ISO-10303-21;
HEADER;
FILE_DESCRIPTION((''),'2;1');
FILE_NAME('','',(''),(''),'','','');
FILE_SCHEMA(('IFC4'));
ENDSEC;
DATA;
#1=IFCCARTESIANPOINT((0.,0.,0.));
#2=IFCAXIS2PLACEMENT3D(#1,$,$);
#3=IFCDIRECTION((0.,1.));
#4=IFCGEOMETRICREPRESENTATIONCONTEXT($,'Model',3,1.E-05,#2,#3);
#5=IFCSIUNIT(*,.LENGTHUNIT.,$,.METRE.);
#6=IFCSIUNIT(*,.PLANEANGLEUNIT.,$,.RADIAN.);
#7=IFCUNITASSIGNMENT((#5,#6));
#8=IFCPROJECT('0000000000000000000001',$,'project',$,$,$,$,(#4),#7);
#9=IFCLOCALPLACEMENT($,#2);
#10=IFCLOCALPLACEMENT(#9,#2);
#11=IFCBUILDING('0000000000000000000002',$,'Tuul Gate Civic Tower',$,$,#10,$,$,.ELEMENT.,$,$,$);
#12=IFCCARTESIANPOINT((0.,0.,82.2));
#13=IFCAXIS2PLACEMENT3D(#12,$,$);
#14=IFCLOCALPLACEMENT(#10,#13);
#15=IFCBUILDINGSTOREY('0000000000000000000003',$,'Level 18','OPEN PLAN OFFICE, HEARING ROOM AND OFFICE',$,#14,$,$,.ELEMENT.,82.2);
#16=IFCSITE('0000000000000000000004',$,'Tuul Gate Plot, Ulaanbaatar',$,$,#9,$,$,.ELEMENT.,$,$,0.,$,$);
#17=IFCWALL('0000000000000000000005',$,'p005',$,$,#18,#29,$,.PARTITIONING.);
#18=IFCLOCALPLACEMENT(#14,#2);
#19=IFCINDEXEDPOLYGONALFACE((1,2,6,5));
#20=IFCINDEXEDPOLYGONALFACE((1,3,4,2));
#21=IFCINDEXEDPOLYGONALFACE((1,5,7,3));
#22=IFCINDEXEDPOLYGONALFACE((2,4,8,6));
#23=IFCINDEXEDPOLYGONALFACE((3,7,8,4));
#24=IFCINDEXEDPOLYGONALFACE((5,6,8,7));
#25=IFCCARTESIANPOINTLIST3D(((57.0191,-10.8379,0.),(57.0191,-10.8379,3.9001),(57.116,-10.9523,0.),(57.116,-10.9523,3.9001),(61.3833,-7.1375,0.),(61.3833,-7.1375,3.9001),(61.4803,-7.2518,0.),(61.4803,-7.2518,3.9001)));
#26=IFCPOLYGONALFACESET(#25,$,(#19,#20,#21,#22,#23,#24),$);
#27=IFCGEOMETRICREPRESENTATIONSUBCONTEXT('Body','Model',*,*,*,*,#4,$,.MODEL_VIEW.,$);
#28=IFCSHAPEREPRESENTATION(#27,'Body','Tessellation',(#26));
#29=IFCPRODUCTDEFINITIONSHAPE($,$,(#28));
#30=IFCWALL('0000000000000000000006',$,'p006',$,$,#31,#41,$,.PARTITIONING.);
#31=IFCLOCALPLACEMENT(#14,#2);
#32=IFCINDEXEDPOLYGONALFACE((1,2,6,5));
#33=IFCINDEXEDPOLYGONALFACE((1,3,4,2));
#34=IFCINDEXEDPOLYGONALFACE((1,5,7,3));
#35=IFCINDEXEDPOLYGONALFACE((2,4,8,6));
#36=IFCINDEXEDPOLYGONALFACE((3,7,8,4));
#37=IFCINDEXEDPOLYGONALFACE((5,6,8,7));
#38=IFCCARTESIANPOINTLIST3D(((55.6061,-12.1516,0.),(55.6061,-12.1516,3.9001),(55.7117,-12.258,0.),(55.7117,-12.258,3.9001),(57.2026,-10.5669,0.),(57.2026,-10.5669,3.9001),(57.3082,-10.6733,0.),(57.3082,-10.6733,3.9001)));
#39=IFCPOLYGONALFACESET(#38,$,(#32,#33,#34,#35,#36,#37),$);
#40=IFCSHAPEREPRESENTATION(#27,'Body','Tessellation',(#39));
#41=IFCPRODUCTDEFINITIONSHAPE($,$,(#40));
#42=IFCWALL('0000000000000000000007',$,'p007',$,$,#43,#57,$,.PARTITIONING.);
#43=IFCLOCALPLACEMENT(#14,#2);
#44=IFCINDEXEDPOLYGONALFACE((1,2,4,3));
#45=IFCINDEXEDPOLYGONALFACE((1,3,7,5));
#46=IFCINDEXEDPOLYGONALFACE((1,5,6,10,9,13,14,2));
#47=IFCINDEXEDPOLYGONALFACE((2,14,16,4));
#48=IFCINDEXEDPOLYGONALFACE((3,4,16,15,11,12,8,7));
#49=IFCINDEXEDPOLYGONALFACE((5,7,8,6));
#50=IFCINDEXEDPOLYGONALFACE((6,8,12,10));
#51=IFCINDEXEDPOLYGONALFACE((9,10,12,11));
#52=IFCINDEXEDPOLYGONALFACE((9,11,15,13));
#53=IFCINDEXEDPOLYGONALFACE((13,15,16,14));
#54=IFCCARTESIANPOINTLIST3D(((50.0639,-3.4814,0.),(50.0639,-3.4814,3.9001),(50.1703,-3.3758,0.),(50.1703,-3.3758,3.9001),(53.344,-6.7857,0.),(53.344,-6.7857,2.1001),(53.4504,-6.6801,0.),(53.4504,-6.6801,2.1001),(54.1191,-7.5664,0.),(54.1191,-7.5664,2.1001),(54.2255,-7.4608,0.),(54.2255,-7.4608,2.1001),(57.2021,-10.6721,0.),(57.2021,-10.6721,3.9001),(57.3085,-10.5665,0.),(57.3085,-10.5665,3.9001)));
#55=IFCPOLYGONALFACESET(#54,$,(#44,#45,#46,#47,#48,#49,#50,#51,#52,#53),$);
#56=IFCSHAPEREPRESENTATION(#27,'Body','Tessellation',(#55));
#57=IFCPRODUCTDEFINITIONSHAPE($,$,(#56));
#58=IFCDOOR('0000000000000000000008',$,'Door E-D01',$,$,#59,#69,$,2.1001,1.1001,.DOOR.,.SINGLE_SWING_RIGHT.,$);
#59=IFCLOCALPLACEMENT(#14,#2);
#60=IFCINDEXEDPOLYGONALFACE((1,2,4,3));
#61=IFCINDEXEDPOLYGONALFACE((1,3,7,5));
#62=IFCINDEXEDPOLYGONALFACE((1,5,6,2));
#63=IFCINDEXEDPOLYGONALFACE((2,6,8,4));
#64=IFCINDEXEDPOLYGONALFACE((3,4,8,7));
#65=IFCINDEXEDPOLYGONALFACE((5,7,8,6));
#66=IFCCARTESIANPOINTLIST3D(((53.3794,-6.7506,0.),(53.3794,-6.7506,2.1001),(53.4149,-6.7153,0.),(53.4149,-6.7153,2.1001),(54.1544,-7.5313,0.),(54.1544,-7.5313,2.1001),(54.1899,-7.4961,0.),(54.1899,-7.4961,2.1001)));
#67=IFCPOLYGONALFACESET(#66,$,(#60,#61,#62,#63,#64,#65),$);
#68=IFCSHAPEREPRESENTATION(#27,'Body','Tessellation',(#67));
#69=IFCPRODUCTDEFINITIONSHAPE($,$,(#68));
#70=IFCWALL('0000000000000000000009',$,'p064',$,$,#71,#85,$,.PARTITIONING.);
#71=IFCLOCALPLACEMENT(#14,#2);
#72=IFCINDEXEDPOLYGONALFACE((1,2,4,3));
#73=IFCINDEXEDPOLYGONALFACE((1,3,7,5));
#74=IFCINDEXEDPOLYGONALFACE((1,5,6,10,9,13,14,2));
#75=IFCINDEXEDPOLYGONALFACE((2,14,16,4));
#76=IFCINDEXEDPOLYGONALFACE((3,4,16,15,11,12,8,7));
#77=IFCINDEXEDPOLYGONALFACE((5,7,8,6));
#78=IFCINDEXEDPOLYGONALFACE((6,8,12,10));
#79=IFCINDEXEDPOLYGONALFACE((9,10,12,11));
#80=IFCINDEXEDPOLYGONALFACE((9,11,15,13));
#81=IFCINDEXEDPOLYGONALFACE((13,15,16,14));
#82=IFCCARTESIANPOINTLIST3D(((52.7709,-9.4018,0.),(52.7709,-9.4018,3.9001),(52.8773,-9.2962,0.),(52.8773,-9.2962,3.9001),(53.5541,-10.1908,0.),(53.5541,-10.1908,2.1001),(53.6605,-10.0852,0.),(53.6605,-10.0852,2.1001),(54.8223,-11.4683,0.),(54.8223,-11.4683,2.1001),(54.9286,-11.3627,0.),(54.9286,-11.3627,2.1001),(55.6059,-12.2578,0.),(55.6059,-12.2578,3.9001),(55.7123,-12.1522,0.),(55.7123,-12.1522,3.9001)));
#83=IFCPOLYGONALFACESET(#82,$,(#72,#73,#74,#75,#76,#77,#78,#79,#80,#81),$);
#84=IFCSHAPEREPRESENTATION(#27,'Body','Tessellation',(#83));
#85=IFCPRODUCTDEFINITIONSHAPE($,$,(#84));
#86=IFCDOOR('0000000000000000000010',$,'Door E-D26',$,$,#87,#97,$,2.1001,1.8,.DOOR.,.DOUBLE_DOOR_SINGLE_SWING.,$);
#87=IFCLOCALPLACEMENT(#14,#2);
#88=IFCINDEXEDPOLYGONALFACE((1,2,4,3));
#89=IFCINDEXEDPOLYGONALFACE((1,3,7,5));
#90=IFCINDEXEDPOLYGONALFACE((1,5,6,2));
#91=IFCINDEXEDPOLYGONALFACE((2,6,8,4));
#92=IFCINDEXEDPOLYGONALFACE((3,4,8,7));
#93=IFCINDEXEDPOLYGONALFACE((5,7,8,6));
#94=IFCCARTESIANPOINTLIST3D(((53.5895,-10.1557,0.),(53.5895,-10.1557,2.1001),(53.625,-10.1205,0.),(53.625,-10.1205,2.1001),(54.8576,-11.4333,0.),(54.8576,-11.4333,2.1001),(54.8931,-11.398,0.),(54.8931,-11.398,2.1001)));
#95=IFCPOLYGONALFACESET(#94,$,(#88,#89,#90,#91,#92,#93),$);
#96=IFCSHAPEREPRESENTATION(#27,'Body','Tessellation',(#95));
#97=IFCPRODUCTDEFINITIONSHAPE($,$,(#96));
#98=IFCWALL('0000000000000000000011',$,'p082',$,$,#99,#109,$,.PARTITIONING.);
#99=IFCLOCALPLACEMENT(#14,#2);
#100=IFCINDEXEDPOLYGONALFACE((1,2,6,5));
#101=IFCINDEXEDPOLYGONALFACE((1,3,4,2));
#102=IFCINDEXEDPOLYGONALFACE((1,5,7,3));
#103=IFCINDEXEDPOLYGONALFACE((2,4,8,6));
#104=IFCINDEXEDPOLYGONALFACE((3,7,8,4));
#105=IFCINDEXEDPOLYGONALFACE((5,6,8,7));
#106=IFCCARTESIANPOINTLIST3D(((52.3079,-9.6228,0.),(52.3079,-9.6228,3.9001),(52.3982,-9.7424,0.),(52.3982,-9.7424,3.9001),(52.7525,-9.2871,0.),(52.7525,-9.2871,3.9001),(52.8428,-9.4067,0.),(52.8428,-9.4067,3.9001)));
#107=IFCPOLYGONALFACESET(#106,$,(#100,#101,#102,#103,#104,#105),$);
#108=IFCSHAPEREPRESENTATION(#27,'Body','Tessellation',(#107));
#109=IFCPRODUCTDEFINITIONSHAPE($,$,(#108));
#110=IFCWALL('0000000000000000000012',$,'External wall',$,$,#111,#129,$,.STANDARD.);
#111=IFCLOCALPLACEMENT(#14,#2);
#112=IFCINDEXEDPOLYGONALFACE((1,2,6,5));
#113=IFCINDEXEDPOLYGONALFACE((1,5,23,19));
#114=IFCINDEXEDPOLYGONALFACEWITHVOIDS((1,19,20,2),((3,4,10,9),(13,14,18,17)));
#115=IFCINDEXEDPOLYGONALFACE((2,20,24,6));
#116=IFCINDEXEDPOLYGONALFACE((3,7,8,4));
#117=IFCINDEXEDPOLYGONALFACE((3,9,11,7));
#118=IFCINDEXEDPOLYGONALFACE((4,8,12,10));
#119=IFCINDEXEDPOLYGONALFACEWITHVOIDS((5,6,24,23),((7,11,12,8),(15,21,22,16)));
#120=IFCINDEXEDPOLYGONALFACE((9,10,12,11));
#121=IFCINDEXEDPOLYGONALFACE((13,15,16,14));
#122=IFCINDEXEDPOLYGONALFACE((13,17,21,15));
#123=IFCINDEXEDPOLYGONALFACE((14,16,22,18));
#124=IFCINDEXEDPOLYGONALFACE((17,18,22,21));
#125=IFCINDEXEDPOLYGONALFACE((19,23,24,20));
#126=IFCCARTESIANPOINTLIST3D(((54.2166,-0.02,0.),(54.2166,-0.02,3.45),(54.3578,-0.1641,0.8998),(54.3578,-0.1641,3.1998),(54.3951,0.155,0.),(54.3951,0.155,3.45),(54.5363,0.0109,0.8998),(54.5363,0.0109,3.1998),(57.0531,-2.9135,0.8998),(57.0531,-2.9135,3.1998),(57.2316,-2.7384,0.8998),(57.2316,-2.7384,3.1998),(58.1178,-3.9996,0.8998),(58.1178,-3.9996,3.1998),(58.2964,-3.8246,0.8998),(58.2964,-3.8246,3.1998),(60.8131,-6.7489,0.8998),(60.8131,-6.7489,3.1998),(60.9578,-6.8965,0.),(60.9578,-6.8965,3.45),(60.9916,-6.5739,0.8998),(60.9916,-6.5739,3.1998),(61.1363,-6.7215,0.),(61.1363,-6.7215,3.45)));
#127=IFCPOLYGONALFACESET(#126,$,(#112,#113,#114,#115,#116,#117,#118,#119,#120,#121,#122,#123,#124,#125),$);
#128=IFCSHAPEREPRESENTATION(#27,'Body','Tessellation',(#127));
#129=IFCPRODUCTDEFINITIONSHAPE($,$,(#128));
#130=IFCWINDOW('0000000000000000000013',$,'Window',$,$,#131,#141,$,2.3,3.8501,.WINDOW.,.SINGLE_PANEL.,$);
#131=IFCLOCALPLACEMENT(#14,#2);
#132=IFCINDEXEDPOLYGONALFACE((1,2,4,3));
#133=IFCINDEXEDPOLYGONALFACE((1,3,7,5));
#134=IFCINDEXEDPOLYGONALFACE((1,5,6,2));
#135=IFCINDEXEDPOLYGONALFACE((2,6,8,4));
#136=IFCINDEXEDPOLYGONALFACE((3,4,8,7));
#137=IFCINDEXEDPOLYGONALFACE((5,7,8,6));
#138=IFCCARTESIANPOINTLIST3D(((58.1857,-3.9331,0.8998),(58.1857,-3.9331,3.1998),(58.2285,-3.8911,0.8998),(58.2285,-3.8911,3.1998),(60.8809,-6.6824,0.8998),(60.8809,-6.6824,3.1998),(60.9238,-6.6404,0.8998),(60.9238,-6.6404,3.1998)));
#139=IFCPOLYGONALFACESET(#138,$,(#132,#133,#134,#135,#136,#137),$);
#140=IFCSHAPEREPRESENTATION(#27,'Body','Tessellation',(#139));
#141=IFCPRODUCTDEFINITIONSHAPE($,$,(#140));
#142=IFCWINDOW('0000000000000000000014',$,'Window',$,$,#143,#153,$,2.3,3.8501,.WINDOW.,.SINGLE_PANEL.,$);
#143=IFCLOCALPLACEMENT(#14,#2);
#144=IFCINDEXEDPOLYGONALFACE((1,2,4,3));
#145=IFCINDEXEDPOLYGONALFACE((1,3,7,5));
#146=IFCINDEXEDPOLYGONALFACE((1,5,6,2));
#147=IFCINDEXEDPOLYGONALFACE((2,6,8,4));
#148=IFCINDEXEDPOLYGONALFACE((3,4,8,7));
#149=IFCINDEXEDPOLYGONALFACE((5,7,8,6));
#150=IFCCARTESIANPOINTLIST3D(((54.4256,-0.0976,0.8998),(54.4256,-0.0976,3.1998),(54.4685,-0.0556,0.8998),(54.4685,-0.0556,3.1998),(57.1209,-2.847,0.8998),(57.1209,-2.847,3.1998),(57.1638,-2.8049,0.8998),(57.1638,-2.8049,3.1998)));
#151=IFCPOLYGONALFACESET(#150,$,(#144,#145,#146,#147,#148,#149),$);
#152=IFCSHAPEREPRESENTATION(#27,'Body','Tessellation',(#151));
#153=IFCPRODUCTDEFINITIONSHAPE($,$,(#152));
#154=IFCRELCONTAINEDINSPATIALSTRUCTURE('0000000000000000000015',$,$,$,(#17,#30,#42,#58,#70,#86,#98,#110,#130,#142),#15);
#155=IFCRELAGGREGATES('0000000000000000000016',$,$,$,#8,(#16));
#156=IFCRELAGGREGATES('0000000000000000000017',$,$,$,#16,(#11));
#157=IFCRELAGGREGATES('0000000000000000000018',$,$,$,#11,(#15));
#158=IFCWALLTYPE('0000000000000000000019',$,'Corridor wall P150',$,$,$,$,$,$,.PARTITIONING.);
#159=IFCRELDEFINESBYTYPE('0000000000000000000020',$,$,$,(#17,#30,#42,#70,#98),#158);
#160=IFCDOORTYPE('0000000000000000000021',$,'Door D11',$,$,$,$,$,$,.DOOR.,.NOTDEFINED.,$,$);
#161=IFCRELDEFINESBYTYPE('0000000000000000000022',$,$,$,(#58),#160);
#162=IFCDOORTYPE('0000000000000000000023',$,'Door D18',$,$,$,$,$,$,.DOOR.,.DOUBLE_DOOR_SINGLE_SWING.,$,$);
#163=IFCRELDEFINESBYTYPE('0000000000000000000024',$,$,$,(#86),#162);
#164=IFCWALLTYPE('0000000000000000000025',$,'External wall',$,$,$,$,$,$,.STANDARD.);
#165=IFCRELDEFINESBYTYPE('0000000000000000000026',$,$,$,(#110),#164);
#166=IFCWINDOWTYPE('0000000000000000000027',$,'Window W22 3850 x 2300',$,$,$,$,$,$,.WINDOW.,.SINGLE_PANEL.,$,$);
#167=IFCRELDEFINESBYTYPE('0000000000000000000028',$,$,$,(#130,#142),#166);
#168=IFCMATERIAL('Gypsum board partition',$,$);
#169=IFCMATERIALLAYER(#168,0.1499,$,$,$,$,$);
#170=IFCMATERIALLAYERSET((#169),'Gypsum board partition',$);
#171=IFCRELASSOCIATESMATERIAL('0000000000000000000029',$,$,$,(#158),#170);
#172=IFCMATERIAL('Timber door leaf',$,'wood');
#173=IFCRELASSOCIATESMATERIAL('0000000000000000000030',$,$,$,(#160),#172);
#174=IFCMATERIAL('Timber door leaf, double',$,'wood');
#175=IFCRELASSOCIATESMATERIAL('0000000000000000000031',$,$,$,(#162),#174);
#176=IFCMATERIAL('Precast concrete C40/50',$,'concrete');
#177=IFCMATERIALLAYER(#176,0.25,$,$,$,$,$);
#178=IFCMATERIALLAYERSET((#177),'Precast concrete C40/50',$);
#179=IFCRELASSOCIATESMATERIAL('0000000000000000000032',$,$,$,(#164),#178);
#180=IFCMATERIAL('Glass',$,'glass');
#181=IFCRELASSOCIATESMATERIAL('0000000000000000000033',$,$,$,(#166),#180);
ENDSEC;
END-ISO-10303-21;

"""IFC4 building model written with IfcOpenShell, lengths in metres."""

from ifc_helpers import new_model, si_unit, direction, frame, frame_2d, origin, place, context, subcontext, project, spatial, rectangle, extrude, material, layer, layer_set, type_object, element, fill, save


model = new_model("IFC4")

# Units and contexts
model_context = context("Model", 3, precision=1e-05, world=origin(), true_north=direction((0.0, 1.0)))
body_context = subcontext(model_context, "Body", "Model", "MODEL_VIEW")
ifc_project = project(units=[si_unit("LENGTHUNIT", "METRE"), si_unit("PLANEANGLEUNIT", "RADIAN")], contexts=[model_context])

# Site, building, storey
site_placement = place(None, origin())
site = spatial("IfcSite", under=ifc_project, at=site_placement, Name="Tuul Gate Plot, Ulaanbaatar", CompositionType="ELEMENT", RefElevation=0.0)
building_placement = place(site_placement, origin())
building = spatial("IfcBuilding", under=site, at=building_placement, Name="Tuul Gate Civic Tower", CompositionType="ELEMENT")
storey_placement = place(building_placement, frame((0.0, 0.0, 82.2)))
storey = spatial("IfcBuildingStorey", under=building, at=storey_placement, Name="Level 18", Description="OPEN PLAN OFFICE, HEARING ROOM AND OFFICE", CompositionType="ELEMENT", Elevation=82.2)

# Walls
ifc_material_1 = material(Name="Gypsum board partition")
ifc_layer_1 = layer(ifc_material_1, 0.1499)
ifc_layer_set_1 = layer_set([ifc_layer_1], Name="Gypsum board partition")
wall_type_1 = type_object("IfcWallType", Name="Corridor wall P150", PredefinedType="PARTITIONING", material=ifc_layer_set_1)
wall_1_placement = place(storey_placement, frame((57.0676, -10.895, 0.0), z_axis=(0.0, 0.0, 1.0), x_axis=(0.76273, 0.646717, 0.0)))
element("IfcWall", 1, at=wall_1_placement, inside=storey, type_object=wall_type_1, Name="p005", PredefinedType="PARTITIONING", context=body_context, shape_type="SweptSolid", body=[
    extrude(rectangle(XDim=5.7219, YDim=0.1499, at=frame_2d((2.8608, 0.0))), origin(), (0.0, 0.0, 1.0), 3.9001),
])
wall_2_placement = place(storey_placement, frame((55.6589, -12.2048, 0.0), z_axis=(0.0, 0.0, 1.0), x_axis=(0.709707, 0.704497, 0.0)))
element("IfcWall", 2, at=wall_2_placement, inside=storey, type_object=wall_type_1, Name="p006", PredefinedType="PARTITIONING", context=body_context, shape_type="SweptSolid", body=[
    extrude(rectangle(XDim=2.2495, YDim=0.1499, at=frame_2d((1.1248, 0.0))), origin(), (0.0, 0.0, 1.0), 3.9001),
])

# Walls, openings, doors
wall_3_placement = place(storey_placement, frame((50.1172, -3.4287, 0.0), z_axis=(0.0, 0.0, 1.0), x_axis=(0.704512, -0.709692, 0.0)))
wall_3 = element("IfcWall", 3, at=wall_3_placement, inside=storey, type_object=wall_type_1, Name="p007", PredefinedType="PARTITIONING", context=body_context, shape_type="SweptSolid", body=[
    extrude(rectangle(XDim=10.1321, YDim=0.1499, at=frame_2d((5.0659, 0.0))), origin(), (0.0, 0.0, 1.0), 3.9001),
])
opening_1_placement = place(wall_3_placement, frame((4.6558, 0.0, 0.0)))
opening_1 = element("IfcOpeningElement", 4, at=opening_1_placement, cuts=wall_3, PredefinedType="OPENING", context=body_context, shape_type="SweptSolid", body=[
    extrude(rectangle(XDim=1.1001, YDim=2.1001, at=frame_2d((0.55, 1.05))), frame((0.0, 0.085, 0.0), z_axis=(0.0, -1.0, 0.0), x_axis=(1.0, 0.0, 0.0)), (0.0, 0.0, 1.0), 0.1699),
])
ifc_material_2 = material(Name="Timber door leaf", Category="wood")
door_type_1 = type_object("IfcDoorType", Name="Door D11", OperationType="NOTDEFINED", PredefinedType="DOOR", material=ifc_material_2)
door_1_placement = place(opening_1_placement, origin())
door_1 = element("IfcDoor", 5, at=door_1_placement, inside=storey, type_object=door_type_1, Name="Door E-D01", OperationType="SINGLE_SWING_RIGHT", OverallHeight=2.1001, OverallWidth=1.1001, PredefinedType="DOOR", context=body_context, shape_type="SweptSolid", body=[
    extrude(rectangle(XDim=1.1001, YDim=2.1001, at=frame_2d((0.55, 1.05))), frame((0.0, 0.0249, 0.0), z_axis=(0.0, -1.0, 0.0), x_axis=(1.0, 0.0, 0.0)), (0.0, 0.0, 1.0), 0.05),
])
fill(opening_1, door_1)
wall_4_placement = place(storey_placement, frame((52.824, -9.3489, 0.0), z_axis=(0.0, 0.0, 1.0), x_axis=(0.704493, -0.709711, 0.0)))
wall_4 = element("IfcWall", 6, at=wall_4_placement, inside=storey, type_object=wall_type_1, Name="p064", PredefinedType="PARTITIONING", context=body_context, shape_type="SweptSolid", body=[
    extrude(rectangle(XDim=4.0242, YDim=0.1499, at=frame_2d((2.0122, 0.0))), origin(), (0.0, 0.0, 1.0), 3.9001),
])
opening_2_placement = place(wall_4_placement, frame((1.1121, 0.0, 0.0)))
opening_2 = element("IfcOpeningElement", 7, at=opening_2_placement, cuts=wall_4, PredefinedType="OPENING", context=body_context, shape_type="SweptSolid", body=[
    extrude(rectangle(XDim=1.8, YDim=2.1001, at=frame_2d((0.8999, 1.05))), frame((0.0, 0.085, 0.0), z_axis=(0.0, -1.0, 0.0), x_axis=(1.0, 0.0, 0.0)), (0.0, 0.0, 1.0), 0.1699),
])
ifc_material_3 = material(Name="Timber door leaf, double", Category="wood")
door_type_2 = type_object("IfcDoorType", Name="Door D18", OperationType="DOUBLE_DOOR_SINGLE_SWING", PredefinedType="DOOR", material=ifc_material_3)
door_2_placement = place(opening_2_placement, origin())
door_2 = element("IfcDoor", 8, at=door_2_placement, inside=storey, type_object=door_type_2, Name="Door E-D26", OperationType="DOUBLE_DOOR_SINGLE_SWING", OverallHeight=2.1001, OverallWidth=1.8, PredefinedType="DOOR", context=body_context, shape_type="SweptSolid", body=[
    extrude(rectangle(XDim=1.8, YDim=2.1001, at=frame_2d((0.8999, 1.05))), frame((0.0, 0.0249, 0.0), z_axis=(0.0, -1.0, 0.0), x_axis=(1.0, 0.0, 0.0)), (0.0, 0.0, 1.0), 0.05),
])
fill(opening_2, door_2)

# Wall
wall_5_placement = place(storey_placement, frame((52.353, -9.6826, 0.0), z_axis=(0.0, 0.0, 1.0), x_axis=(0.79805, 0.602591, 0.0)))
element("IfcWall", 9, at=wall_5_placement, inside=storey, type_object=wall_type_1, Name="p082", PredefinedType="PARTITIONING", context=body_context, shape_type="SweptSolid", body=[
    extrude(rectangle(XDim=0.5571, YDim=0.1499, at=frame_2d((0.2786, 0.0))), origin(), (0.0, 0.0, 1.0), 3.9001),
])

# Wall, openings, windows
ifc_material_4 = material(Name="Precast concrete C40/50", Category="concrete")
ifc_layer_2 = layer(ifc_material_4, 0.25)
ifc_layer_set_2 = layer_set([ifc_layer_2], Name="Precast concrete C40/50")
wall_type_2 = type_object("IfcWallType", Name="External wall", PredefinedType="STANDARD", material=ifc_layer_set_2)
wall_6_placement = place(storey_placement, frame((61.0471, -6.8091, 0.0), z_axis=(0.0, 0.0, 1.0), x_axis=(-0.700049, 0.714095, 0.0)))
wall_6 = element("IfcWall", 10, at=wall_6_placement, inside=storey, type_object=wall_type_2, Name="External wall", PredefinedType="STANDARD", context=body_context, shape_type="SweptSolid", body=[
    extrude(rectangle(XDim=9.6296, YDim=0.25, at=frame_2d((4.8149, 0.0))), origin(), (0.0, 0.0, 1.0), 3.45),
])
opening_3_placement = place(wall_6_placement, frame((0.2068, 0.0, 0.8999)))
opening_3 = element("IfcOpeningElement", 11, at=opening_3_placement, cuts=wall_6, PredefinedType="OPENING", context=body_context, shape_type="SweptSolid", body=[
    extrude(rectangle(XDim=3.8501, YDim=2.3, at=frame_2d((1.925, 1.1499))), frame((0.0, 0.135, 0.0), z_axis=(0.0, -1.0, 0.0), x_axis=(1.0, 0.0, 0.0)), (0.0, 0.0, 1.0), 0.27),
])
opening_4_placement = place(wall_6_placement, frame((5.5779, 0.0, 0.8999)))
opening_4 = element("IfcOpeningElement", 12, at=opening_4_placement, cuts=wall_6, PredefinedType="OPENING", context=body_context, shape_type="SweptSolid", body=[
    extrude(rectangle(XDim=3.8501, YDim=2.3, at=frame_2d((1.925, 1.1499))), frame((0.0, 0.135, 0.0), z_axis=(0.0, -1.0, 0.0), x_axis=(1.0, 0.0, 0.0)), (0.0, 0.0, 1.0), 0.27),
])
ifc_material_5 = material(Name="Glass", Category="glass")
window_type = type_object("IfcWindowType", Name="Window W22 3850 x 2300", PartitioningType="SINGLE_PANEL", PredefinedType="WINDOW", material=ifc_material_5)
window_1_placement = place(opening_3_placement, origin())
window_1 = element("IfcWindow", 13, at=window_1_placement, inside=storey, type_object=window_type, Name="Window", OverallHeight=2.3, OverallWidth=3.8501, PartitioningType="SINGLE_PANEL", PredefinedType="WINDOW", context=body_context, shape_type="SweptSolid", body=[
    extrude(rectangle(XDim=3.8501, YDim=2.3, at=frame_2d((1.925, 1.1499))), frame((0.0, 0.03, 0.0), z_axis=(0.0, -1.0, 0.0), x_axis=(1.0, 0.0, 0.0)), (0.0, 0.0, 1.0), 0.0601),
])
fill(opening_3, window_1)
window_2_placement = place(opening_4_placement, origin())
window_2 = element("IfcWindow", 14, at=window_2_placement, inside=storey, type_object=window_type, Name="Window", OverallHeight=2.3, OverallWidth=3.8501, PartitioningType="SINGLE_PANEL", PredefinedType="WINDOW", context=body_context, shape_type="SweptSolid", body=[
    extrude(rectangle(XDim=3.8501, YDim=2.3, at=frame_2d((1.925, 1.1499))), frame((0.0, 0.03, 0.0), z_axis=(0.0, -1.0, 0.0), x_axis=(1.0, 0.0, 0.0)), (0.0, 0.0, 1.0), 0.0601),
])
fill(opening_4, window_2)

save(model, "model.ifc")
